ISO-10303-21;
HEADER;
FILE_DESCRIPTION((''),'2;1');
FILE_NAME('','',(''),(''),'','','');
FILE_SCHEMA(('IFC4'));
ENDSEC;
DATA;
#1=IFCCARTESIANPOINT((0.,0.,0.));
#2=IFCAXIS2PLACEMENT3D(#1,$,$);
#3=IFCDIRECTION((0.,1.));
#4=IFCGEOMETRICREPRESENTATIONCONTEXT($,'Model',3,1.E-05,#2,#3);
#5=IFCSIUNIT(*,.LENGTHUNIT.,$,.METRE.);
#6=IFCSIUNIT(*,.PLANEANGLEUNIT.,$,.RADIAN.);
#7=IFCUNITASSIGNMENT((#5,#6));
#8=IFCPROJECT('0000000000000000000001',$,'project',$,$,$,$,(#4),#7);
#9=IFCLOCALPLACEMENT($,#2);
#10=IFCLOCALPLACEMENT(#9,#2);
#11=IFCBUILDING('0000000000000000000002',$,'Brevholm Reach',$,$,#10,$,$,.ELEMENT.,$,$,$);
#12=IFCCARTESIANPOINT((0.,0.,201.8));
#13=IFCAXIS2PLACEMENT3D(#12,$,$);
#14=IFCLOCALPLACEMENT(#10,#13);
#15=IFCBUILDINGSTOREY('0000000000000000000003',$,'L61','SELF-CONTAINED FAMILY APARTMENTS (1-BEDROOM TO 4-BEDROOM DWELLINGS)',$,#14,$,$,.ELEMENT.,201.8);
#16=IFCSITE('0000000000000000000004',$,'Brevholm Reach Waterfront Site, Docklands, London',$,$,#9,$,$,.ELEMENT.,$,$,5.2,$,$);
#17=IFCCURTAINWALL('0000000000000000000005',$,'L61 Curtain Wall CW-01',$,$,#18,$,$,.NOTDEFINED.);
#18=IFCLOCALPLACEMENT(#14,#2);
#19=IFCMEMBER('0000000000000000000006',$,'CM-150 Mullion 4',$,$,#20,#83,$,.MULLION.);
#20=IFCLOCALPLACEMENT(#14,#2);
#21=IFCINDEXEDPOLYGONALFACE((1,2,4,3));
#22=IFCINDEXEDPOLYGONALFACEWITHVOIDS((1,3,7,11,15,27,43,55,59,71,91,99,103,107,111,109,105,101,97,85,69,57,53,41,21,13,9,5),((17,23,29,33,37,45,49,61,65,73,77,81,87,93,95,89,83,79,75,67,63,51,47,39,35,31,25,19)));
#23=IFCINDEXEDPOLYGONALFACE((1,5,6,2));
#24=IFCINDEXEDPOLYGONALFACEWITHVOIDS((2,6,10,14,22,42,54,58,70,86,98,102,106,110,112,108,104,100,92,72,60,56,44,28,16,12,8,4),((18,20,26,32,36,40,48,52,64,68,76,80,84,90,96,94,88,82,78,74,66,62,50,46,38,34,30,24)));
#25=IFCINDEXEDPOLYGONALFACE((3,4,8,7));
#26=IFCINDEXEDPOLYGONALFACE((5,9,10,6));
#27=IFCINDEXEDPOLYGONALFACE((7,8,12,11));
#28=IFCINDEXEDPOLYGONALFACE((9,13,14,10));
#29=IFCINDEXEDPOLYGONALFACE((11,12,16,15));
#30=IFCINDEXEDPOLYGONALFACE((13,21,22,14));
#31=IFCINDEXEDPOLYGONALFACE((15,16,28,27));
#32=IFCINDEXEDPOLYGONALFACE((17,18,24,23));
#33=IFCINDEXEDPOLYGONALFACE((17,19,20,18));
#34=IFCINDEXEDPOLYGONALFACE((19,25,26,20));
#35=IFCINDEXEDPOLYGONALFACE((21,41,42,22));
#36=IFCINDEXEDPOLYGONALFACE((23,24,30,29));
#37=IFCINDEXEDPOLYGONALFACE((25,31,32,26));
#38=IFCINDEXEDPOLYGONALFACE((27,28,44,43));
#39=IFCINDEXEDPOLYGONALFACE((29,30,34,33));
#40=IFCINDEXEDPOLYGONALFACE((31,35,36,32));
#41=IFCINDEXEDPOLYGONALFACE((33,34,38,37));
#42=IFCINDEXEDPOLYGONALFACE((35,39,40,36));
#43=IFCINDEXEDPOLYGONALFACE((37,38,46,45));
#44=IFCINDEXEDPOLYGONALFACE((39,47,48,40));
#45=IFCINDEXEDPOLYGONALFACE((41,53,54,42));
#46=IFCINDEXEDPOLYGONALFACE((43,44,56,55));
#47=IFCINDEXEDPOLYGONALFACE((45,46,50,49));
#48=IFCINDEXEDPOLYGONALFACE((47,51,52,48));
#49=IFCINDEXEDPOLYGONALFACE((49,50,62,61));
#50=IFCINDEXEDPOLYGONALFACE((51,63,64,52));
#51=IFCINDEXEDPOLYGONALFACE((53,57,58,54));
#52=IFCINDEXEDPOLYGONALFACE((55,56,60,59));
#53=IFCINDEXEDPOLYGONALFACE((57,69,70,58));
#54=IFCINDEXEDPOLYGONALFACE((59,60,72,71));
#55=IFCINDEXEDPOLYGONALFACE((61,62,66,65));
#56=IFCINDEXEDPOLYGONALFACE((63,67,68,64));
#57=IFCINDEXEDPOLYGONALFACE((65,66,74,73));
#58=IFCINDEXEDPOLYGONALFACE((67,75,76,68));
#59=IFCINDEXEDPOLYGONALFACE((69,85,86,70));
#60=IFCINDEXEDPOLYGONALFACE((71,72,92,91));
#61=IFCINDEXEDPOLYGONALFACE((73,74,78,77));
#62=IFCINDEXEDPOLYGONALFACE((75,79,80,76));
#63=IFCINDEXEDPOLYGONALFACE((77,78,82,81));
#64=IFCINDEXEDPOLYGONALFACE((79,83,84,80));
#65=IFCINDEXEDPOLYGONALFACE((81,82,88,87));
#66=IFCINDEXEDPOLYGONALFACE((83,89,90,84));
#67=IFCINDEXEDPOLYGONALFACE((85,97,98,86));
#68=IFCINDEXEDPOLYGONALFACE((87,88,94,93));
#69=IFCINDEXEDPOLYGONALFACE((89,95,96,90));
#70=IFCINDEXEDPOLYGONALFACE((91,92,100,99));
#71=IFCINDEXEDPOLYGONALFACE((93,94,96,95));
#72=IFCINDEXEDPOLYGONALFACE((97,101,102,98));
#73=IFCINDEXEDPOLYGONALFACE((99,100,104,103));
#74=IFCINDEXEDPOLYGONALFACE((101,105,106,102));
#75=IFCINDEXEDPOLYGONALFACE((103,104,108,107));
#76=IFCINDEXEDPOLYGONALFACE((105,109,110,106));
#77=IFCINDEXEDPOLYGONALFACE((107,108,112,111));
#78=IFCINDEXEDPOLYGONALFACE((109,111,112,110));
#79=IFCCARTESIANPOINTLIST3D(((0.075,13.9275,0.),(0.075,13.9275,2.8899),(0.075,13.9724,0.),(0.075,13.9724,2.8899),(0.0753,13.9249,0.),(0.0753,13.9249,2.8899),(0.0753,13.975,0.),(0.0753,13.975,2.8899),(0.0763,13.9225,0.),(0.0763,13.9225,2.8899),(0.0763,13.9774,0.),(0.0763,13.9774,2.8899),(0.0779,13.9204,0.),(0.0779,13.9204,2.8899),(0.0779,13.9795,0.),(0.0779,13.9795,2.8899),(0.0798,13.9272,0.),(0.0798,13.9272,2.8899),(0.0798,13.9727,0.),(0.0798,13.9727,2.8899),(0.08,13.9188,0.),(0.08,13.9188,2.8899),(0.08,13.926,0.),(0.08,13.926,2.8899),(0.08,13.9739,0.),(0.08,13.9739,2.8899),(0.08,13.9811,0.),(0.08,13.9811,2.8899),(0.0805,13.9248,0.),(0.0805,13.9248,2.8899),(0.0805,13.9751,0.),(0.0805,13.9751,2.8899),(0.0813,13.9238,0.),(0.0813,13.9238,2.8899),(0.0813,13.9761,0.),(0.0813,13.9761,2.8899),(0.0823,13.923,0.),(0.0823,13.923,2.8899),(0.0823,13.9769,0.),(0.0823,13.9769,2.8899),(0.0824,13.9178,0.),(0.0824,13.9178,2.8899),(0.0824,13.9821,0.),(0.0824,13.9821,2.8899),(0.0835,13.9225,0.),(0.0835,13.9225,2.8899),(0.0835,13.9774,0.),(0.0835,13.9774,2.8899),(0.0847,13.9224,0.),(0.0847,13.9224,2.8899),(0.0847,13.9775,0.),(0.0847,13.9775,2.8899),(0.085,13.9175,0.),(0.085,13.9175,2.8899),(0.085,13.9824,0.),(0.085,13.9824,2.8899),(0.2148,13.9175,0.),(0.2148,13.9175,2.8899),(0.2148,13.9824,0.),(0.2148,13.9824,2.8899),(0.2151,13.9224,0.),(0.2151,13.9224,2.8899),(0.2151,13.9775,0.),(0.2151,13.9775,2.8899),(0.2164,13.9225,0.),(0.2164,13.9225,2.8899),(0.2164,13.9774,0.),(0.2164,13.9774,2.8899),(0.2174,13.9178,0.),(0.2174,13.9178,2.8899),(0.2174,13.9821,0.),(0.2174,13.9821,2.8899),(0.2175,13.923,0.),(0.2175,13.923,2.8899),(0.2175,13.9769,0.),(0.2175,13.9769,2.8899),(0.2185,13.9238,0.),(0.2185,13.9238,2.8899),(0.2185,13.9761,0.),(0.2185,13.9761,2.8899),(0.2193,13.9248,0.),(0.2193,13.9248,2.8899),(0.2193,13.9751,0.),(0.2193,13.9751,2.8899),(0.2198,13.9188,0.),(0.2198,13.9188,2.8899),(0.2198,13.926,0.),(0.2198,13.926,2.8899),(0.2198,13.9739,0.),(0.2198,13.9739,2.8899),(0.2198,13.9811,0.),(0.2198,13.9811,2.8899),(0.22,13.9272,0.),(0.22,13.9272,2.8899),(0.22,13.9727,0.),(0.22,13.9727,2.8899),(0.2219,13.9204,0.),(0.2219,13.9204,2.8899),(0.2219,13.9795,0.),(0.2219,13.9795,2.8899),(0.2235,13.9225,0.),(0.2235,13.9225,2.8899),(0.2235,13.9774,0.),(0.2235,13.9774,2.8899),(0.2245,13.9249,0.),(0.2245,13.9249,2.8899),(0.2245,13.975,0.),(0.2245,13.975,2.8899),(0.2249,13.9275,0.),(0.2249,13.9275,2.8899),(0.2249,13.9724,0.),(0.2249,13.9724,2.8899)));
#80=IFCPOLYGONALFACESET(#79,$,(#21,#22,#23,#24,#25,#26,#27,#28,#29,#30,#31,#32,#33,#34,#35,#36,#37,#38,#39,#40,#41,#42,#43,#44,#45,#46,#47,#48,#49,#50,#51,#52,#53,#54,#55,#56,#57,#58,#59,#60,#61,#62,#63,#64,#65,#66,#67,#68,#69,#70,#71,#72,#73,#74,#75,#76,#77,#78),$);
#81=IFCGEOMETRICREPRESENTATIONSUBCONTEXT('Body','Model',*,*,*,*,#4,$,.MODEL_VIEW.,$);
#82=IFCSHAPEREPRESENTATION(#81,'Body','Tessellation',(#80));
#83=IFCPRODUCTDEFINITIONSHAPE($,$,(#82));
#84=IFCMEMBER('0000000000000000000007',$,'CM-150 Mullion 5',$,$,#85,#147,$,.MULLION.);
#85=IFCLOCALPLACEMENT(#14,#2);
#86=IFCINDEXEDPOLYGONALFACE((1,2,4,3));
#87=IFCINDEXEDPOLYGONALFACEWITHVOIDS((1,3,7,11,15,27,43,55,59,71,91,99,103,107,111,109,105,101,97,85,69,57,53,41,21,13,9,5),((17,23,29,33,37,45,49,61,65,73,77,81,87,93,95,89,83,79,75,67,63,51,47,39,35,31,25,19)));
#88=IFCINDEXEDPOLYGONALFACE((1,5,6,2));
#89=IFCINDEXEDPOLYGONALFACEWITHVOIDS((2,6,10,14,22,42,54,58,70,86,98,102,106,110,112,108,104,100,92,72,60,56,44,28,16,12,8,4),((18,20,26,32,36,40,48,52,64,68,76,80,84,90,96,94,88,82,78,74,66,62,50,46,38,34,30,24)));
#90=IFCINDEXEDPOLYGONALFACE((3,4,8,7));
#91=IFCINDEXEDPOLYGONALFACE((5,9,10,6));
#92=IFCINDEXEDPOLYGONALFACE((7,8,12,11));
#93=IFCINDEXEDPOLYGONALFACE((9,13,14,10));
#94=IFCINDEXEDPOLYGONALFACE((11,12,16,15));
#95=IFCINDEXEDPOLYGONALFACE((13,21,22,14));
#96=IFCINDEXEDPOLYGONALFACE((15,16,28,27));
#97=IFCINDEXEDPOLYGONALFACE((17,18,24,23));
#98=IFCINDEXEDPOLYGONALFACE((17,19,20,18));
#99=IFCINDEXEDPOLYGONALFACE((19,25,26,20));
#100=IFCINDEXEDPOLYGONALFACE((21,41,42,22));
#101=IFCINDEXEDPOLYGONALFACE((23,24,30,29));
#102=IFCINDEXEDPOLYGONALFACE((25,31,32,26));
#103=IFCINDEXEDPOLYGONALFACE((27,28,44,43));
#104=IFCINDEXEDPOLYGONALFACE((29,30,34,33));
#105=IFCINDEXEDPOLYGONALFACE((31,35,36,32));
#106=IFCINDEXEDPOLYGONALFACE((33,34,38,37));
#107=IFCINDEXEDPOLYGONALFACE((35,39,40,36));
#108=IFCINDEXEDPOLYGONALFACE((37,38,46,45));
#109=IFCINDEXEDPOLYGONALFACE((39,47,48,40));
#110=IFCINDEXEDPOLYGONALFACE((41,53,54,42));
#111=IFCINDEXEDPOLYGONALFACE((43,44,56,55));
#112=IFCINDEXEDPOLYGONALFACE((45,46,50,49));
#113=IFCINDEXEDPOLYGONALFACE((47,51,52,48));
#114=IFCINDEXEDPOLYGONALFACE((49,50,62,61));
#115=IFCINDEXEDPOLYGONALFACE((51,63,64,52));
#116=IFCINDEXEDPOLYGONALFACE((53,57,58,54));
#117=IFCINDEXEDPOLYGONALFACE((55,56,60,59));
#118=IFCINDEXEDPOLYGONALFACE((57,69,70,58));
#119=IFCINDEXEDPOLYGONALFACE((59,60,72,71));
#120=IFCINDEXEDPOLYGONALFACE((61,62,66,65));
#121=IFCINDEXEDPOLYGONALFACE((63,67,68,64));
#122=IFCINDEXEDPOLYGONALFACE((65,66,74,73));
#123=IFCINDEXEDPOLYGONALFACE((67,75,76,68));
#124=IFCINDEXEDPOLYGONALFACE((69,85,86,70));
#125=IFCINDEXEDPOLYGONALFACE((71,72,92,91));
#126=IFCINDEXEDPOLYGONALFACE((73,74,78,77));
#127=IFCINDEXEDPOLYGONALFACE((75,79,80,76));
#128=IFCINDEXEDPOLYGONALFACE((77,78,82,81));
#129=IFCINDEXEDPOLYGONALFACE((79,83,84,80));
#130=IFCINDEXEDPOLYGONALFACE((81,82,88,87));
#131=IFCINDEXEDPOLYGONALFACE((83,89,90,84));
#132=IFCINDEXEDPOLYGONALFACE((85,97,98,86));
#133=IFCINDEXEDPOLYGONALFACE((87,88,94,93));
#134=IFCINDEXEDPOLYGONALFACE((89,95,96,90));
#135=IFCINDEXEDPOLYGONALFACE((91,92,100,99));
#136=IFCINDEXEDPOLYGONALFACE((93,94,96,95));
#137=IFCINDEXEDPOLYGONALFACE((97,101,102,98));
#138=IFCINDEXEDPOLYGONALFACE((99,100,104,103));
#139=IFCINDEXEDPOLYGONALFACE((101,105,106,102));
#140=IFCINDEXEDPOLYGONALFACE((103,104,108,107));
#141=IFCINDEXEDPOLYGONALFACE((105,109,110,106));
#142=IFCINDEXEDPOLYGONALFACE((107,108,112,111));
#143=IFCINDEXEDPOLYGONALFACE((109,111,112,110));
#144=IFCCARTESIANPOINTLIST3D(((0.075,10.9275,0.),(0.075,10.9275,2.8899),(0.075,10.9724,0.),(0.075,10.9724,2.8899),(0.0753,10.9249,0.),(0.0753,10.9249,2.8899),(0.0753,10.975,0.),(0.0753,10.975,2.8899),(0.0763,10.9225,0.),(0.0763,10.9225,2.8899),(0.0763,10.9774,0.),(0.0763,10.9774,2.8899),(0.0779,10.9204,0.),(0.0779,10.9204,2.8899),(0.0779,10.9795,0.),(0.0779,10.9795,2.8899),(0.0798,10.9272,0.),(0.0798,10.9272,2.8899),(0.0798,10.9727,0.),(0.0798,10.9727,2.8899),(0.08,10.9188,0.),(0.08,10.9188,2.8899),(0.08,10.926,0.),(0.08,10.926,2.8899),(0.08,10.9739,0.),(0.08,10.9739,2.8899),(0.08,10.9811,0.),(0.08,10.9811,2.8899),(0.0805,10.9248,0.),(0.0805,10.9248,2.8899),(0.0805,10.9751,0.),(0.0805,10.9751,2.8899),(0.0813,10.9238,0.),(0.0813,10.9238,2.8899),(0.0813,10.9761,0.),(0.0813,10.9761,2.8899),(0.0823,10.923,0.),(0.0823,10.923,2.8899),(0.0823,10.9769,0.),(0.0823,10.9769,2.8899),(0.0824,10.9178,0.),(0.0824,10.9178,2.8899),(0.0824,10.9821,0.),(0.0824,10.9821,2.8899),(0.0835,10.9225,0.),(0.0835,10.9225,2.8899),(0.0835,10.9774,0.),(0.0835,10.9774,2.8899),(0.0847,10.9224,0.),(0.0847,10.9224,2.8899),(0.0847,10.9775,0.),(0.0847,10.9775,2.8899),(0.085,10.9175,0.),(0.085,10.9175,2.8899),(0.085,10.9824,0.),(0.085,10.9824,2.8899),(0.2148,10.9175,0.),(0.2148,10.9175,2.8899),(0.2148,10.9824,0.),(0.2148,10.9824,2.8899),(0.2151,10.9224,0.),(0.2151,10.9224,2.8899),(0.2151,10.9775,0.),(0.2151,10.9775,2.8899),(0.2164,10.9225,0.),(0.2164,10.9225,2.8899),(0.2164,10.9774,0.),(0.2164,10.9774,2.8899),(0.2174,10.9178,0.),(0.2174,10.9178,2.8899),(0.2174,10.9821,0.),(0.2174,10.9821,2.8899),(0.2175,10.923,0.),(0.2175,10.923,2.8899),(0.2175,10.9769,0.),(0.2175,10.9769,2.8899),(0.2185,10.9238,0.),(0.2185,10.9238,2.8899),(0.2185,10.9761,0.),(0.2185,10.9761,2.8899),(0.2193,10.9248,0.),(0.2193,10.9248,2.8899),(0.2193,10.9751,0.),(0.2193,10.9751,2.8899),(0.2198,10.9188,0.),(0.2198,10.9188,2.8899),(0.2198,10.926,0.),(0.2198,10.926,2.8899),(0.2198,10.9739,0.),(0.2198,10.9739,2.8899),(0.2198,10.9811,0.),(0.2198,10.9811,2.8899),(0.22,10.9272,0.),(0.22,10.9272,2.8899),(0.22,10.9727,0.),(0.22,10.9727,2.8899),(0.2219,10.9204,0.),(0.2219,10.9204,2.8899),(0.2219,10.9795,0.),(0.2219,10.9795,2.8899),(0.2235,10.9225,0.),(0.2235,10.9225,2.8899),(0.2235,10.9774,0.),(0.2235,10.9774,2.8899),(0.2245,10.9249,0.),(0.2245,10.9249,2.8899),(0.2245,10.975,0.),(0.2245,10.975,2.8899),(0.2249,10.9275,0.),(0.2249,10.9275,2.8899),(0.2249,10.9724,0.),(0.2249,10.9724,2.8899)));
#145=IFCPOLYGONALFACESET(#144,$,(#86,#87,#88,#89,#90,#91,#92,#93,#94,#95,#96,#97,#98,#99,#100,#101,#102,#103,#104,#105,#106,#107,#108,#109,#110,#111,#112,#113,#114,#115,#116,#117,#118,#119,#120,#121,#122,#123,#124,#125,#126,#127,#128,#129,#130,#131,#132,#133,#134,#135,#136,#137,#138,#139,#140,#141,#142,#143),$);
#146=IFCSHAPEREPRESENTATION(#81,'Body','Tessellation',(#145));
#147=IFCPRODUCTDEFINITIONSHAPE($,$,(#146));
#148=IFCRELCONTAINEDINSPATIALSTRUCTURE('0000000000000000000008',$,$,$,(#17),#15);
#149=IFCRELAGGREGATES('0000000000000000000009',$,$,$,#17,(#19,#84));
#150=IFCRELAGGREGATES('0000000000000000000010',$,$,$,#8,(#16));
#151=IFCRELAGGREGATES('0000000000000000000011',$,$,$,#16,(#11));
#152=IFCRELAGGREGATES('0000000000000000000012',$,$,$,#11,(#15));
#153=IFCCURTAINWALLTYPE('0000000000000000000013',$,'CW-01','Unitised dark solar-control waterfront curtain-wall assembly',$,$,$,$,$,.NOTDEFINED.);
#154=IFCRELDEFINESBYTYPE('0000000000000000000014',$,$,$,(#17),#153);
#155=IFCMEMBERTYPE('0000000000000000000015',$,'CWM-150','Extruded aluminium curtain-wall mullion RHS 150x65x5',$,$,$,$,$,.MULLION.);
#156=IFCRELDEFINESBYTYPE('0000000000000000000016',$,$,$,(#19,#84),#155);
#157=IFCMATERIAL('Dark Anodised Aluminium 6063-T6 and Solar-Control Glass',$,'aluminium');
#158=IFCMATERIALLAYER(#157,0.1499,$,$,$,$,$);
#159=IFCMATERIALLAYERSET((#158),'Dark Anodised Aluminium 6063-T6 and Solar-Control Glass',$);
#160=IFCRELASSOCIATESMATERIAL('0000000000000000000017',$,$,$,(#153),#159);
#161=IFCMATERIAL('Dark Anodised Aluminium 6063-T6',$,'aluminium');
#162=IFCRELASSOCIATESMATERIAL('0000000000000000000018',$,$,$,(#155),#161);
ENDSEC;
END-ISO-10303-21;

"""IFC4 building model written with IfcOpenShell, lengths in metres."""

from ifc_helpers import new_model, si_unit, direction, frame, origin, origin_2d, place, context, subcontext, project, spatial, hollow_rectangle, extrude, material, layer, layer_set, material_profile, profile_set, type_object, element, aggregate, save


model = new_model("IFC4")

# Units and contexts
model_context = context("Model", 3, precision=1e-05, world=origin(), true_north=direction((0.0, 1.0)))
body_context = subcontext(model_context, "Body", "Model", "MODEL_VIEW")
ifc_project = project(units=[si_unit("LENGTHUNIT", "METRE"), si_unit("PLANEANGLEUNIT", "RADIAN")], contexts=[model_context])

# Site, building, storey
site_placement = place(None, origin())
site = spatial("IfcSite", under=ifc_project, at=site_placement, Name="Brevholm Reach Waterfront Site, Docklands, London", CompositionType="ELEMENT", RefElevation=5.2)
building_placement = place(site_placement, origin())
building = spatial("IfcBuilding", under=site, at=building_placement, Name="Brevholm Reach", CompositionType="ELEMENT")
storey_placement = place(building_placement, frame((0.0, 0.0, 201.8)))
storey = spatial("IfcBuildingStorey", under=building, at=storey_placement, Name="L61", Description="SELF-CONTAINED FAMILY APARTMENTS (1-BEDROOM TO 4-BEDROOM DWELLINGS)", CompositionType="ELEMENT", Elevation=201.8)

# Curtain wall, members
ifc_material_1 = material(Name="Dark Anodised Aluminium 6063-T6 and Solar-Control Glass", Category="aluminium")
ifc_layer_1 = layer(ifc_material_1, 0.1499)
ifc_layer_set_1 = layer_set([ifc_layer_1], Name="Dark Anodised Aluminium 6063-T6 and Solar-Control Glass")
curtain_wall_type = type_object("IfcCurtainWallType", Name="CW-01", Description="Unitised dark solar-control waterfront curtain-wall assembly", PredefinedType="NOTDEFINED", material=ifc_layer_set_1)
curtain_wall_placement = place(storey_placement, origin())
curtain_wall = element("IfcCurtainWall", 1, at=curtain_wall_placement, inside=storey, type_object=curtain_wall_type, Name="L61 Curtain Wall CW-01", PredefinedType="NOTDEFINED")
ifc_material_2 = material(Name="Dark Anodised Aluminium 6063-T6", Category="aluminium")
ifc_material_profile_1 = material_profile(ifc_material_2, hollow_rectangle(XDim=0.0649, YDim=0.1499, WallThickness=0.0049, InnerFilletRadius=0.0049, OuterFilletRadius=0.01, at=origin_2d()), Name="RHS 150x65x5")
ifc_profile_set_1 = profile_set([ifc_material_profile_1], Name="Dark Anodised Aluminium 6063-T6")
member_type_1 = type_object("IfcMemberType", Name="CWM-150", Description="Extruded aluminium curtain-wall mullion RHS 150x65x5", PredefinedType="MULLION", material=ifc_profile_set_1)
member_1_placement = place(storey_placement, frame((0.1499, 13.95, 0.0), z_axis=(0.0, 0.0, 1.0), x_axis=(0.0, -1.0, 0.0)))
member_1 = element("IfcMember", 2, at=member_1_placement, type_object=member_type_1, Name="CM-150 Mullion 4", PredefinedType="MULLION", context=body_context, shape_type="SweptSolid", body=[
    extrude(hollow_rectangle(XDim=0.0649, YDim=0.1499, WallThickness=0.0049, InnerFilletRadius=0.0049, OuterFilletRadius=0.01, at=origin_2d()), origin(), (0.0, 0.0, 1.0), 2.8899),
])
member_2_placement = place(storey_placement, frame((0.1499, 10.95, 0.0), z_axis=(0.0, 0.0, 1.0), x_axis=(0.0, -1.0, 0.0)))
member_2 = element("IfcMember", 3, at=member_2_placement, type_object=member_type_1, Name="CM-150 Mullion 5", PredefinedType="MULLION", context=body_context, shape_type="SweptSolid", body=[
    extrude(hollow_rectangle(XDim=0.0649, YDim=0.1499, WallThickness=0.0049, InnerFilletRadius=0.0049, OuterFilletRadius=0.01, at=origin_2d()), origin(), (0.0, 0.0, 1.0), 2.8899),
])
aggregate(curtain_wall, [member_1, member_2])

save(model, "model.ifc")
